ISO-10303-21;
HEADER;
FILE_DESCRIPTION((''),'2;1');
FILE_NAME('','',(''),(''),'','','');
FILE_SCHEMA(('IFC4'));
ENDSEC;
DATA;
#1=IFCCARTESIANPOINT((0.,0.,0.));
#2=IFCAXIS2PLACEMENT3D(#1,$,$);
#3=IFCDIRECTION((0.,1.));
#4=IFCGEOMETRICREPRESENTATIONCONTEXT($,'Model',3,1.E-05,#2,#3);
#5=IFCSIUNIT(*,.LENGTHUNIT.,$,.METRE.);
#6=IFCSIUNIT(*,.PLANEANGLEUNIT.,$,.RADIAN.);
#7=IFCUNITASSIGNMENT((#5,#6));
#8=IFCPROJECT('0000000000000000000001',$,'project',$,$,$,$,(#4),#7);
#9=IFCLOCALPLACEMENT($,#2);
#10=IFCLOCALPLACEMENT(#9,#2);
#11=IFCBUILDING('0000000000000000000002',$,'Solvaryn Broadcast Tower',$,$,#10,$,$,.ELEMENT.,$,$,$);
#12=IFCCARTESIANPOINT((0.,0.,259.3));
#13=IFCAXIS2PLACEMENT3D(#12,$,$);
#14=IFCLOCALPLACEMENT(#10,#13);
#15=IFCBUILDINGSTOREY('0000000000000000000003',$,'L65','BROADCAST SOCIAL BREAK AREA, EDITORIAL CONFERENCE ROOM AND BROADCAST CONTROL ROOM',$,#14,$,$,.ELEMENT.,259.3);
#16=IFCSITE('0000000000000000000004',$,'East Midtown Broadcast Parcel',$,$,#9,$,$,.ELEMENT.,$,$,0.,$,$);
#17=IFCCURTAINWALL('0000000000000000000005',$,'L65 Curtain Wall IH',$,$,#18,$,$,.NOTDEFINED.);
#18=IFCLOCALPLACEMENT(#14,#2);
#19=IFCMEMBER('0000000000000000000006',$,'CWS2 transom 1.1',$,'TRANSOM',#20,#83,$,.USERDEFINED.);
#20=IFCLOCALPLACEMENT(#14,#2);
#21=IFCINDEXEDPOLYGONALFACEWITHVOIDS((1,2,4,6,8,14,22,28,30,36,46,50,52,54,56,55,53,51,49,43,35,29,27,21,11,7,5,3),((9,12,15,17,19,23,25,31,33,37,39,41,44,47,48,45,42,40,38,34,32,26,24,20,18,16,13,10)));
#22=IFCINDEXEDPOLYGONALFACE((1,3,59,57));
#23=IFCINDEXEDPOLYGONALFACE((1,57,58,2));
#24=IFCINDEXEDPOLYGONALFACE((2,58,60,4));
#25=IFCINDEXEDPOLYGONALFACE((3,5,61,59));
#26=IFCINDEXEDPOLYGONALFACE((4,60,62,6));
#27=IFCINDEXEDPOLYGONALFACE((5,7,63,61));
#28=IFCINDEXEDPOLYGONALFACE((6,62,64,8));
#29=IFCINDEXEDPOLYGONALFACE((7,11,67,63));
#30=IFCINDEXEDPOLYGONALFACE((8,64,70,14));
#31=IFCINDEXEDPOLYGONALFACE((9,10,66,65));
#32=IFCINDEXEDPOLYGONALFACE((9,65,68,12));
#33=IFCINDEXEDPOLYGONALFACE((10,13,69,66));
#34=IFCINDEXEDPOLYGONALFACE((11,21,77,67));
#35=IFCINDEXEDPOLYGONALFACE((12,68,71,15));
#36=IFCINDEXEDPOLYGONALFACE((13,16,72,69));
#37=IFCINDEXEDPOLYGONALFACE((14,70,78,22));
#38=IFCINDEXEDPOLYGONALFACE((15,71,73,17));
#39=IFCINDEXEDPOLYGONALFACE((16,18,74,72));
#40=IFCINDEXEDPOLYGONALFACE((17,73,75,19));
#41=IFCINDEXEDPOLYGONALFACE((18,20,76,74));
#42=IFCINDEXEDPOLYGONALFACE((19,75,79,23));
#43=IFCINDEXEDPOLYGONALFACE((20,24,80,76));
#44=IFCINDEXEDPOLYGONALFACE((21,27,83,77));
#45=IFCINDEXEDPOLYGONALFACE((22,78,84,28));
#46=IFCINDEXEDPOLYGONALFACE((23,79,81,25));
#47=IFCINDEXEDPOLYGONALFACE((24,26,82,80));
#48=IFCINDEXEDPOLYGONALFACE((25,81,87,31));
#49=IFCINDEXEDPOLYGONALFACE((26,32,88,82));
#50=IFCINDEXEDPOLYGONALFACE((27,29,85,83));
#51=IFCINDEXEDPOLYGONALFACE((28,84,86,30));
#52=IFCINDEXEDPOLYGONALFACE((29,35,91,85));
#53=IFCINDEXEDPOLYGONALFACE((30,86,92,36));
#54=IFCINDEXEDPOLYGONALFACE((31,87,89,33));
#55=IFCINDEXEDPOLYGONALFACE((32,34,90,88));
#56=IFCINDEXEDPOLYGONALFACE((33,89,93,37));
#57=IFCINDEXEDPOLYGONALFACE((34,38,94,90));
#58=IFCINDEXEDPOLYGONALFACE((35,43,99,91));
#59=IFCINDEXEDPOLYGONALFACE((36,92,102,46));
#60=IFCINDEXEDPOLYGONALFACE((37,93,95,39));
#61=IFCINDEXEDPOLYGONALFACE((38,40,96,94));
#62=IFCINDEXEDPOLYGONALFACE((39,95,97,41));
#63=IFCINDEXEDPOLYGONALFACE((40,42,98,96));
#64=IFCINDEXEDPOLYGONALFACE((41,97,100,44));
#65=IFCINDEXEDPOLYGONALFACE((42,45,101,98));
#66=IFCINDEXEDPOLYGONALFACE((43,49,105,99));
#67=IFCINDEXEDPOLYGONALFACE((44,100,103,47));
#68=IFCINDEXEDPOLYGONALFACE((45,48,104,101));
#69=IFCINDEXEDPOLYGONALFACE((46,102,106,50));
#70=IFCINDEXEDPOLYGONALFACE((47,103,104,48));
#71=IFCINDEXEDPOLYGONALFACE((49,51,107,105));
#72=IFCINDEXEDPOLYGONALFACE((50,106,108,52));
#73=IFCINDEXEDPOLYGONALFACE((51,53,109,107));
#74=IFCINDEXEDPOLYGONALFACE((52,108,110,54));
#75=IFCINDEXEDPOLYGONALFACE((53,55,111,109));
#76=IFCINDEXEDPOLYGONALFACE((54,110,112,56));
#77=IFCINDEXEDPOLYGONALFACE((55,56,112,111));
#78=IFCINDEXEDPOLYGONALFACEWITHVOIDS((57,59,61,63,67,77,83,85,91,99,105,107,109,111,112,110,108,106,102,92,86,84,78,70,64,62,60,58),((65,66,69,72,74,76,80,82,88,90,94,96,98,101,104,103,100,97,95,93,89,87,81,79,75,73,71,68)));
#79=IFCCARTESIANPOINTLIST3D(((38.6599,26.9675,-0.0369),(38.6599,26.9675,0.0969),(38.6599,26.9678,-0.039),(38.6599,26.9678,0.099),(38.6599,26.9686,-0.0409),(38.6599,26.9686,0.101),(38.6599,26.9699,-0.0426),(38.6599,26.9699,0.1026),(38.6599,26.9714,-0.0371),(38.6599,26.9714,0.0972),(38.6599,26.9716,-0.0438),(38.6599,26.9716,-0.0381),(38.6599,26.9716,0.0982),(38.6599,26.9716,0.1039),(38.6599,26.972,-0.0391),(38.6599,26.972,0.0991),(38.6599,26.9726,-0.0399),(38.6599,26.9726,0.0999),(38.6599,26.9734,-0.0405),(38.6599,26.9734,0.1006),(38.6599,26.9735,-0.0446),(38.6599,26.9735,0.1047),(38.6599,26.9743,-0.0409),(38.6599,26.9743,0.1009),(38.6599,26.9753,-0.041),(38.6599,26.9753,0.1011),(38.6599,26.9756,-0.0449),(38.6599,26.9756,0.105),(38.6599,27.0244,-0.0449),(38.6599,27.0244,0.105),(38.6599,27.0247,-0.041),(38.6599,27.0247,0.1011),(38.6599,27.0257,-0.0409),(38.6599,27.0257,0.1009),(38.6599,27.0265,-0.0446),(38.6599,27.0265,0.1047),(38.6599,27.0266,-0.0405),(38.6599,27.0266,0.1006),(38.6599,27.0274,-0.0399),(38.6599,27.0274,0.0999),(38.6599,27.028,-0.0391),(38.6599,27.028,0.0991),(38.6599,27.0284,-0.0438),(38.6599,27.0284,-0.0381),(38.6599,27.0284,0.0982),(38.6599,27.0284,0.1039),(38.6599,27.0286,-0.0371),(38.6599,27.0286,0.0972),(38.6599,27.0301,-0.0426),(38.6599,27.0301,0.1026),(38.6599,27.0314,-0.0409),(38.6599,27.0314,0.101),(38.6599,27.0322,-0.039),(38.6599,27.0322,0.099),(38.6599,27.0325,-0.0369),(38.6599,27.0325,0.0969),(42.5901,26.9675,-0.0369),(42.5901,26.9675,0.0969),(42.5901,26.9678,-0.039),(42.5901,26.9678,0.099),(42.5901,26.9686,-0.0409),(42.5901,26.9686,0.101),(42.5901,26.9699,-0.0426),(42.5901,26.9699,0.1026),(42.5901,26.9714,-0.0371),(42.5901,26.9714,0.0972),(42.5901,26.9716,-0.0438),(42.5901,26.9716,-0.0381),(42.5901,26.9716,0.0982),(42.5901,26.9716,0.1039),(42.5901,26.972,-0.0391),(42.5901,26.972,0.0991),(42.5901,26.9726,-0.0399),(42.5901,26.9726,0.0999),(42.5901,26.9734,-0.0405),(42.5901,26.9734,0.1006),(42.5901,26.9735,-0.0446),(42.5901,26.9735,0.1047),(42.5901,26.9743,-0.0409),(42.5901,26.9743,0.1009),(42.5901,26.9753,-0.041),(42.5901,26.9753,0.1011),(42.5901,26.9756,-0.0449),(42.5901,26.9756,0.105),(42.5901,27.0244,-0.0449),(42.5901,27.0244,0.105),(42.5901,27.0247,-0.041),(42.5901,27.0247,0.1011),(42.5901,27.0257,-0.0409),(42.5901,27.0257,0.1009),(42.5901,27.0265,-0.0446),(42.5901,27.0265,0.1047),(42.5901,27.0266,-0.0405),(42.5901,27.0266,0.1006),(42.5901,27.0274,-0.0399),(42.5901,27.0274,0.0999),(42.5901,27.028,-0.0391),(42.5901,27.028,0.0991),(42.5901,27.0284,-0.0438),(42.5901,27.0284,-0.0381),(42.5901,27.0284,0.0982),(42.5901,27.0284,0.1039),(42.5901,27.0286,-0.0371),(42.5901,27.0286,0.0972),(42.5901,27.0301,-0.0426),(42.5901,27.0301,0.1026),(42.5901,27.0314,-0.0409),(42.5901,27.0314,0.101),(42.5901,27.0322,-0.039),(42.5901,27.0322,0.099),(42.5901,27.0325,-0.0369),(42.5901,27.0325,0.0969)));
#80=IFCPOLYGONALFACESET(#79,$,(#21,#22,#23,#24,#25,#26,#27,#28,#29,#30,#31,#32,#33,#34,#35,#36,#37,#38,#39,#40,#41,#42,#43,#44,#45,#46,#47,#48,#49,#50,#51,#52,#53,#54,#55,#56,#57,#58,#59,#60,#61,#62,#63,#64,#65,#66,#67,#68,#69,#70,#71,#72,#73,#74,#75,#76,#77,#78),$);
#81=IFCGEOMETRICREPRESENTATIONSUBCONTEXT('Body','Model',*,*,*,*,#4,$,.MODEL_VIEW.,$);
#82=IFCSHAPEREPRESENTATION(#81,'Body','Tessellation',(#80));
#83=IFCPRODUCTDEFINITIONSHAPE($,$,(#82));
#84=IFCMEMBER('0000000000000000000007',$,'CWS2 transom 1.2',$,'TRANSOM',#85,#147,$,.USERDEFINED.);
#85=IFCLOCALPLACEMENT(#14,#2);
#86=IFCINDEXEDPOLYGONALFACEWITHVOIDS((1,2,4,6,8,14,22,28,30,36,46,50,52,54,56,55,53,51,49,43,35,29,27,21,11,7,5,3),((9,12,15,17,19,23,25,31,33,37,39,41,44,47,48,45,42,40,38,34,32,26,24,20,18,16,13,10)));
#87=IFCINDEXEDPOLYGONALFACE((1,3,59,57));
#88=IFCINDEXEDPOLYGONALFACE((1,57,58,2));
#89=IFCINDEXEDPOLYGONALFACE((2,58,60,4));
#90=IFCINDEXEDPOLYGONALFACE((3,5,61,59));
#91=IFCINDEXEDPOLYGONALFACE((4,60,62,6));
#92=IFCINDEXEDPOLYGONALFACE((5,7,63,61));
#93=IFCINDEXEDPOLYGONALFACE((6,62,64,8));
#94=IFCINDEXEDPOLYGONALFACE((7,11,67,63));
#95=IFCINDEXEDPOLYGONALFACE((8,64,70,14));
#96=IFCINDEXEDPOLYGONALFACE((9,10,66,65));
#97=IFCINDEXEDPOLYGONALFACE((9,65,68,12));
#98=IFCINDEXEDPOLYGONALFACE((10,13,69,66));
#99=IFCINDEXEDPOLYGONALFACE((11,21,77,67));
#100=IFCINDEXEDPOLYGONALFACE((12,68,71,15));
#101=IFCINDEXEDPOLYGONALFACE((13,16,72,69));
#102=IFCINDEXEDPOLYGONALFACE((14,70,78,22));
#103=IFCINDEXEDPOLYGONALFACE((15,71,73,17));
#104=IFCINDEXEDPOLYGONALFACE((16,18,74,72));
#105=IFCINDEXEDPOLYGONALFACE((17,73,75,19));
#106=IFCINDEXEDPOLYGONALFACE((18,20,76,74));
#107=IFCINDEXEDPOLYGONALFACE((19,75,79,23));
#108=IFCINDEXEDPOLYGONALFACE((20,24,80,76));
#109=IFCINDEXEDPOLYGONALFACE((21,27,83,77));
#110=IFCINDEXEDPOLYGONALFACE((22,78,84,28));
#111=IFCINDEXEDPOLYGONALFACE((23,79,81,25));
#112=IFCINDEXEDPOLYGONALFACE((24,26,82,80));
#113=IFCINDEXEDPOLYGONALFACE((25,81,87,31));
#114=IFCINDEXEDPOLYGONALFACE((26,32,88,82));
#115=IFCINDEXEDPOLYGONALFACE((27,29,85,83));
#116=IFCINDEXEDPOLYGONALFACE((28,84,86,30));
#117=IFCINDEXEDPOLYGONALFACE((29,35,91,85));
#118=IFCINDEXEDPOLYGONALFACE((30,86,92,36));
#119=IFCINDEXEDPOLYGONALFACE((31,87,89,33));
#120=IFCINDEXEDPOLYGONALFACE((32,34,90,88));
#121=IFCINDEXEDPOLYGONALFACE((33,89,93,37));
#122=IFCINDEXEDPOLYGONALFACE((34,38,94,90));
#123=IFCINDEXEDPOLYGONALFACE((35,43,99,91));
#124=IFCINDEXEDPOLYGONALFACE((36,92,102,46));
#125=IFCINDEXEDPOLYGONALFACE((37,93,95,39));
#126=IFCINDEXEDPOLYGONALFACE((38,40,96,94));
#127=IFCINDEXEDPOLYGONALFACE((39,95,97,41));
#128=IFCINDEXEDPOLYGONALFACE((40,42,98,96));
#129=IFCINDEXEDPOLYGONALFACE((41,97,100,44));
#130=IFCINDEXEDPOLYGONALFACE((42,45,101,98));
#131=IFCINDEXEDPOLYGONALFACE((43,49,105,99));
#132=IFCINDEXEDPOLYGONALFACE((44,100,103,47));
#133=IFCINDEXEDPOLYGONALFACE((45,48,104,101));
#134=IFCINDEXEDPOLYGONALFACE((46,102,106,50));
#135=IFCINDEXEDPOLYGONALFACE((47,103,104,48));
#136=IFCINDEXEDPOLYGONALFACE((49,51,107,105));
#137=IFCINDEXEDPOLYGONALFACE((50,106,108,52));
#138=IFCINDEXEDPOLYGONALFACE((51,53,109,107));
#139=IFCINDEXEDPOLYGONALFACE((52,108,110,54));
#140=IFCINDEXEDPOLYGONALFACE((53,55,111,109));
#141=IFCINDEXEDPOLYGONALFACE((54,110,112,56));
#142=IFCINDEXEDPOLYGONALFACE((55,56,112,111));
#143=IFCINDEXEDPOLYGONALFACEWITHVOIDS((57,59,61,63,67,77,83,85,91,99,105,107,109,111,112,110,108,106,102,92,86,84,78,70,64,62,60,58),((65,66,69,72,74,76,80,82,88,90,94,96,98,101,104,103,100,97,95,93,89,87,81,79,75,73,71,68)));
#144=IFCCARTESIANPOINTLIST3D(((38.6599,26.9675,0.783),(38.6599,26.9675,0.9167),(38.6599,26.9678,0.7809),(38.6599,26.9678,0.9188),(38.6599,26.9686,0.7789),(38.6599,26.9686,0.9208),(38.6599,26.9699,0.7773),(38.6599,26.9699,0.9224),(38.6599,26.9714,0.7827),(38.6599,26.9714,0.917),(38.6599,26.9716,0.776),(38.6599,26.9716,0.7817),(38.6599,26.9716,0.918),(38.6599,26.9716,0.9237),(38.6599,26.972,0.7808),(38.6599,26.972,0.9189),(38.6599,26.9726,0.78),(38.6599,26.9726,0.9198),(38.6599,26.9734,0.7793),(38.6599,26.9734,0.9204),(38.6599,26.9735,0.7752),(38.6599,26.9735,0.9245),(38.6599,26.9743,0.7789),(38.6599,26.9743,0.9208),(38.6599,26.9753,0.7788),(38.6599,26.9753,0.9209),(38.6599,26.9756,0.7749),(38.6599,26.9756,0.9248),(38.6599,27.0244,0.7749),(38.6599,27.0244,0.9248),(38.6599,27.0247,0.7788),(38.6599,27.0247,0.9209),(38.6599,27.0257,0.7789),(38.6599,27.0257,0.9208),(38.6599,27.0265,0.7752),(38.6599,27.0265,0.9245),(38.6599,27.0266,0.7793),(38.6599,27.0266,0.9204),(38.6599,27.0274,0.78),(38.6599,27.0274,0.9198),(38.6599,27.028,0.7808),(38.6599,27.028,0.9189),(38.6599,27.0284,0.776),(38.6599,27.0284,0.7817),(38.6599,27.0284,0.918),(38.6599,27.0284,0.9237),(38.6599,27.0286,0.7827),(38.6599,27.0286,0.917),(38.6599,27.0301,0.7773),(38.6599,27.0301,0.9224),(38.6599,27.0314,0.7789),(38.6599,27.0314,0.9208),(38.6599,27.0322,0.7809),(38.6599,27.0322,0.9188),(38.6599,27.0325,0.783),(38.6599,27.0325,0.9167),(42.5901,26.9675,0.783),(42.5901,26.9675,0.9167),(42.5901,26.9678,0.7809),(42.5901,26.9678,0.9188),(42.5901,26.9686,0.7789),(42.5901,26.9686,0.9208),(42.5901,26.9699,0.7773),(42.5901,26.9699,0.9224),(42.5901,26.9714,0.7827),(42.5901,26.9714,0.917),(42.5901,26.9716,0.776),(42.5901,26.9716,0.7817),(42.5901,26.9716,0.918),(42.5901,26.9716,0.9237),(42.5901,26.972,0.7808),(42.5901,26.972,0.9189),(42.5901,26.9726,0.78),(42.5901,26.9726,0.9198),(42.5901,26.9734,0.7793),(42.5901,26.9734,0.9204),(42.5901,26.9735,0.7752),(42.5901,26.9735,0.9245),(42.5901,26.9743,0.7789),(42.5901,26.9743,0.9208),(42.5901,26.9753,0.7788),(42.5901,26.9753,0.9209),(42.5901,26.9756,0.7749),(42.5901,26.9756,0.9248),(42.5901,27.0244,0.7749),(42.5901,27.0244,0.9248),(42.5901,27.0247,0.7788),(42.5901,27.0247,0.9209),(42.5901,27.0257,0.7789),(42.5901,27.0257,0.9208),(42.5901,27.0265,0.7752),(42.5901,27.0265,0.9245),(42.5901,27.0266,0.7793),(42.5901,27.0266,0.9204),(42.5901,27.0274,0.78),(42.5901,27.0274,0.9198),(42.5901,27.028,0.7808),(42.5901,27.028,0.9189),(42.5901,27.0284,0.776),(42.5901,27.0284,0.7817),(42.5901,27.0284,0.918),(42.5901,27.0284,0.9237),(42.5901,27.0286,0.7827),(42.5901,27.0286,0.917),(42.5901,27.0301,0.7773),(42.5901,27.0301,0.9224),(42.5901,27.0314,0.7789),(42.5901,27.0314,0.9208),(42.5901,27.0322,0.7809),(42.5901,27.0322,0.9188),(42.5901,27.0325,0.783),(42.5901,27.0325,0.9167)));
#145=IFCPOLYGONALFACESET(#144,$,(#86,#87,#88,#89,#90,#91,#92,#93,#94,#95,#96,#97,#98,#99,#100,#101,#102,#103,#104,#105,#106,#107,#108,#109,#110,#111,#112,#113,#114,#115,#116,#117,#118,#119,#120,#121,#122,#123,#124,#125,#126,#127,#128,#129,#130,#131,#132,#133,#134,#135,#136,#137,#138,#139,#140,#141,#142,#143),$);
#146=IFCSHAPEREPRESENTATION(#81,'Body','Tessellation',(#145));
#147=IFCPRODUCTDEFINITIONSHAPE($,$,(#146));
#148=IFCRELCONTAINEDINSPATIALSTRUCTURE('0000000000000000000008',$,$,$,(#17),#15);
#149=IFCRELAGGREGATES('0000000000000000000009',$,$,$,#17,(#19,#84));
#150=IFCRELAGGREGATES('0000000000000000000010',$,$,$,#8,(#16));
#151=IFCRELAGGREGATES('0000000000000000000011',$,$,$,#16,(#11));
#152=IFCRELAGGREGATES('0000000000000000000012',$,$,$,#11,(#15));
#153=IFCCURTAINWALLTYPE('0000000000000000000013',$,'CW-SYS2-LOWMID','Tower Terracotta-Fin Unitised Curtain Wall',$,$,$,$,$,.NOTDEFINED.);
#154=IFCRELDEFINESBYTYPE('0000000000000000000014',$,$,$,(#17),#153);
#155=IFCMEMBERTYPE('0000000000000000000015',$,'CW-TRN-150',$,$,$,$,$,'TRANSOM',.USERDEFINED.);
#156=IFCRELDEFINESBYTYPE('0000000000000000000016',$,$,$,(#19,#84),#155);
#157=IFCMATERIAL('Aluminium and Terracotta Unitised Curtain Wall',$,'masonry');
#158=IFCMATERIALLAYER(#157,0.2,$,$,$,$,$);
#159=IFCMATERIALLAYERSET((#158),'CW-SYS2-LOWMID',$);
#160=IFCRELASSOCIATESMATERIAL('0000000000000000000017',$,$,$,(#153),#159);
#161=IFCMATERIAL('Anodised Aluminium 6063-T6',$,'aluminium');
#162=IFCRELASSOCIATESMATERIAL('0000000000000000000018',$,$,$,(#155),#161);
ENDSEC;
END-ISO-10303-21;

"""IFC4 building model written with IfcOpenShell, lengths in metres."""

from ifc_helpers import new_model, si_unit, direction, frame, origin, origin_2d, place, context, subcontext, project, spatial, hollow_rectangle, extrude, material, layer, layer_set, material_profile, profile_set, type_object, element, aggregate, save


model = new_model("IFC4")

# Units and contexts
model_context = context("Model", 3, precision=1e-05, world=origin(), true_north=direction((0.0, 1.0)))
body_context = subcontext(model_context, "Body", "Model", "MODEL_VIEW")
ifc_project = project(units=[si_unit("LENGTHUNIT", "METRE"), si_unit("PLANEANGLEUNIT", "RADIAN")], contexts=[model_context])

# Site, building, storey
site_placement = place(None, origin())
site = spatial("IfcSite", under=ifc_project, at=site_placement, Name="East Midtown Broadcast Parcel", CompositionType="ELEMENT", RefElevation=0.0)
building_placement = place(site_placement, origin())
building = spatial("IfcBuilding", under=site, at=building_placement, Name="Solvaryn Broadcast Tower", CompositionType="ELEMENT")
storey_placement = place(building_placement, frame((0.0, 0.0, 259.3)))
storey = spatial("IfcBuildingStorey", under=building, at=storey_placement, Name="L65", Description="BROADCAST SOCIAL BREAK AREA, EDITORIAL CONFERENCE ROOM AND BROADCAST CONTROL ROOM", CompositionType="ELEMENT", Elevation=259.3)

# Shared definitions
ifc_material_1 = material(Name="Aluminium and Terracotta Unitised Curtain Wall", Category="masonry")
ifc_layer_1 = layer(ifc_material_1, 0.2)
ifc_layer_set_1 = layer_set([ifc_layer_1], Name="CW-SYS2-LOWMID")
curtain_wall_type = type_object("IfcCurtainWallType", Name="CW-SYS2-LOWMID", Description="Tower Terracotta-Fin Unitised Curtain Wall", PredefinedType="NOTDEFINED", material=ifc_layer_set_1)

# Curtain wall
curtain_wall_1_placement = place(storey_placement, origin())
curtain_wall_1 = element("IfcCurtainWall", 1, at=curtain_wall_1_placement, inside=storey, type_object=curtain_wall_type, Name="L65 Curtain Wall IH", PredefinedType="NOTDEFINED")

# Members
ifc_material_2 = material(Name="Anodised Aluminium 6063-T6", Category="aluminium")
ifc_material_profile_1 = material_profile(ifc_material_2, hollow_rectangle(XDim=0.0649, YDim=0.1499, WallThickness=0.0039, InnerFilletRadius=0.0039, OuterFilletRadius=0.0081, at=origin_2d()))
ifc_profile_set_1 = profile_set([ifc_material_profile_1], Name="Anodised Aluminium 6063-T6")
member_type_1 = type_object("IfcMemberType", Name="CW-TRN-150", ElementType="TRANSOM", PredefinedType="USERDEFINED", material=ifc_profile_set_1)
member_1_placement = place(storey_placement, frame((38.6599, 27.0, 0.03), z_axis=(1.0, 0.0, 0.0), x_axis=(0.0, 1.0, 0.0)))
member_1 = element("IfcMember", 2, at=member_1_placement, type_object=member_type_1, Name="CWS2 transom 1.1", ObjectType="TRANSOM", PredefinedType="USERDEFINED", context=body_context, shape_type="SweptSolid", body=[
    extrude(hollow_rectangle(XDim=0.0649, YDim=0.1499, WallThickness=0.0039, InnerFilletRadius=0.0039, OuterFilletRadius=0.0081, at=origin_2d()), origin(), (0.0, 0.0, 1.0), 3.9302),
])
member_2_placement = place(storey_placement, frame((38.6599, 27.0, 0.8499), z_axis=(1.0, 0.0, 0.0), x_axis=(0.0, 1.0, 0.0)))
member_2 = element("IfcMember", 3, at=member_2_placement, type_object=member_type_1, Name="CWS2 transom 1.2", ObjectType="TRANSOM", PredefinedType="USERDEFINED", context=body_context, shape_type="SweptSolid", body=[
    extrude(hollow_rectangle(XDim=0.0649, YDim=0.1499, WallThickness=0.0039, InnerFilletRadius=0.0039, OuterFilletRadius=0.0081, at=origin_2d()), origin(), (0.0, 0.0, 1.0), 3.9302),
])

aggregate(curtain_wall_1, [member_1, member_2])

save(model, "model.ifc")
